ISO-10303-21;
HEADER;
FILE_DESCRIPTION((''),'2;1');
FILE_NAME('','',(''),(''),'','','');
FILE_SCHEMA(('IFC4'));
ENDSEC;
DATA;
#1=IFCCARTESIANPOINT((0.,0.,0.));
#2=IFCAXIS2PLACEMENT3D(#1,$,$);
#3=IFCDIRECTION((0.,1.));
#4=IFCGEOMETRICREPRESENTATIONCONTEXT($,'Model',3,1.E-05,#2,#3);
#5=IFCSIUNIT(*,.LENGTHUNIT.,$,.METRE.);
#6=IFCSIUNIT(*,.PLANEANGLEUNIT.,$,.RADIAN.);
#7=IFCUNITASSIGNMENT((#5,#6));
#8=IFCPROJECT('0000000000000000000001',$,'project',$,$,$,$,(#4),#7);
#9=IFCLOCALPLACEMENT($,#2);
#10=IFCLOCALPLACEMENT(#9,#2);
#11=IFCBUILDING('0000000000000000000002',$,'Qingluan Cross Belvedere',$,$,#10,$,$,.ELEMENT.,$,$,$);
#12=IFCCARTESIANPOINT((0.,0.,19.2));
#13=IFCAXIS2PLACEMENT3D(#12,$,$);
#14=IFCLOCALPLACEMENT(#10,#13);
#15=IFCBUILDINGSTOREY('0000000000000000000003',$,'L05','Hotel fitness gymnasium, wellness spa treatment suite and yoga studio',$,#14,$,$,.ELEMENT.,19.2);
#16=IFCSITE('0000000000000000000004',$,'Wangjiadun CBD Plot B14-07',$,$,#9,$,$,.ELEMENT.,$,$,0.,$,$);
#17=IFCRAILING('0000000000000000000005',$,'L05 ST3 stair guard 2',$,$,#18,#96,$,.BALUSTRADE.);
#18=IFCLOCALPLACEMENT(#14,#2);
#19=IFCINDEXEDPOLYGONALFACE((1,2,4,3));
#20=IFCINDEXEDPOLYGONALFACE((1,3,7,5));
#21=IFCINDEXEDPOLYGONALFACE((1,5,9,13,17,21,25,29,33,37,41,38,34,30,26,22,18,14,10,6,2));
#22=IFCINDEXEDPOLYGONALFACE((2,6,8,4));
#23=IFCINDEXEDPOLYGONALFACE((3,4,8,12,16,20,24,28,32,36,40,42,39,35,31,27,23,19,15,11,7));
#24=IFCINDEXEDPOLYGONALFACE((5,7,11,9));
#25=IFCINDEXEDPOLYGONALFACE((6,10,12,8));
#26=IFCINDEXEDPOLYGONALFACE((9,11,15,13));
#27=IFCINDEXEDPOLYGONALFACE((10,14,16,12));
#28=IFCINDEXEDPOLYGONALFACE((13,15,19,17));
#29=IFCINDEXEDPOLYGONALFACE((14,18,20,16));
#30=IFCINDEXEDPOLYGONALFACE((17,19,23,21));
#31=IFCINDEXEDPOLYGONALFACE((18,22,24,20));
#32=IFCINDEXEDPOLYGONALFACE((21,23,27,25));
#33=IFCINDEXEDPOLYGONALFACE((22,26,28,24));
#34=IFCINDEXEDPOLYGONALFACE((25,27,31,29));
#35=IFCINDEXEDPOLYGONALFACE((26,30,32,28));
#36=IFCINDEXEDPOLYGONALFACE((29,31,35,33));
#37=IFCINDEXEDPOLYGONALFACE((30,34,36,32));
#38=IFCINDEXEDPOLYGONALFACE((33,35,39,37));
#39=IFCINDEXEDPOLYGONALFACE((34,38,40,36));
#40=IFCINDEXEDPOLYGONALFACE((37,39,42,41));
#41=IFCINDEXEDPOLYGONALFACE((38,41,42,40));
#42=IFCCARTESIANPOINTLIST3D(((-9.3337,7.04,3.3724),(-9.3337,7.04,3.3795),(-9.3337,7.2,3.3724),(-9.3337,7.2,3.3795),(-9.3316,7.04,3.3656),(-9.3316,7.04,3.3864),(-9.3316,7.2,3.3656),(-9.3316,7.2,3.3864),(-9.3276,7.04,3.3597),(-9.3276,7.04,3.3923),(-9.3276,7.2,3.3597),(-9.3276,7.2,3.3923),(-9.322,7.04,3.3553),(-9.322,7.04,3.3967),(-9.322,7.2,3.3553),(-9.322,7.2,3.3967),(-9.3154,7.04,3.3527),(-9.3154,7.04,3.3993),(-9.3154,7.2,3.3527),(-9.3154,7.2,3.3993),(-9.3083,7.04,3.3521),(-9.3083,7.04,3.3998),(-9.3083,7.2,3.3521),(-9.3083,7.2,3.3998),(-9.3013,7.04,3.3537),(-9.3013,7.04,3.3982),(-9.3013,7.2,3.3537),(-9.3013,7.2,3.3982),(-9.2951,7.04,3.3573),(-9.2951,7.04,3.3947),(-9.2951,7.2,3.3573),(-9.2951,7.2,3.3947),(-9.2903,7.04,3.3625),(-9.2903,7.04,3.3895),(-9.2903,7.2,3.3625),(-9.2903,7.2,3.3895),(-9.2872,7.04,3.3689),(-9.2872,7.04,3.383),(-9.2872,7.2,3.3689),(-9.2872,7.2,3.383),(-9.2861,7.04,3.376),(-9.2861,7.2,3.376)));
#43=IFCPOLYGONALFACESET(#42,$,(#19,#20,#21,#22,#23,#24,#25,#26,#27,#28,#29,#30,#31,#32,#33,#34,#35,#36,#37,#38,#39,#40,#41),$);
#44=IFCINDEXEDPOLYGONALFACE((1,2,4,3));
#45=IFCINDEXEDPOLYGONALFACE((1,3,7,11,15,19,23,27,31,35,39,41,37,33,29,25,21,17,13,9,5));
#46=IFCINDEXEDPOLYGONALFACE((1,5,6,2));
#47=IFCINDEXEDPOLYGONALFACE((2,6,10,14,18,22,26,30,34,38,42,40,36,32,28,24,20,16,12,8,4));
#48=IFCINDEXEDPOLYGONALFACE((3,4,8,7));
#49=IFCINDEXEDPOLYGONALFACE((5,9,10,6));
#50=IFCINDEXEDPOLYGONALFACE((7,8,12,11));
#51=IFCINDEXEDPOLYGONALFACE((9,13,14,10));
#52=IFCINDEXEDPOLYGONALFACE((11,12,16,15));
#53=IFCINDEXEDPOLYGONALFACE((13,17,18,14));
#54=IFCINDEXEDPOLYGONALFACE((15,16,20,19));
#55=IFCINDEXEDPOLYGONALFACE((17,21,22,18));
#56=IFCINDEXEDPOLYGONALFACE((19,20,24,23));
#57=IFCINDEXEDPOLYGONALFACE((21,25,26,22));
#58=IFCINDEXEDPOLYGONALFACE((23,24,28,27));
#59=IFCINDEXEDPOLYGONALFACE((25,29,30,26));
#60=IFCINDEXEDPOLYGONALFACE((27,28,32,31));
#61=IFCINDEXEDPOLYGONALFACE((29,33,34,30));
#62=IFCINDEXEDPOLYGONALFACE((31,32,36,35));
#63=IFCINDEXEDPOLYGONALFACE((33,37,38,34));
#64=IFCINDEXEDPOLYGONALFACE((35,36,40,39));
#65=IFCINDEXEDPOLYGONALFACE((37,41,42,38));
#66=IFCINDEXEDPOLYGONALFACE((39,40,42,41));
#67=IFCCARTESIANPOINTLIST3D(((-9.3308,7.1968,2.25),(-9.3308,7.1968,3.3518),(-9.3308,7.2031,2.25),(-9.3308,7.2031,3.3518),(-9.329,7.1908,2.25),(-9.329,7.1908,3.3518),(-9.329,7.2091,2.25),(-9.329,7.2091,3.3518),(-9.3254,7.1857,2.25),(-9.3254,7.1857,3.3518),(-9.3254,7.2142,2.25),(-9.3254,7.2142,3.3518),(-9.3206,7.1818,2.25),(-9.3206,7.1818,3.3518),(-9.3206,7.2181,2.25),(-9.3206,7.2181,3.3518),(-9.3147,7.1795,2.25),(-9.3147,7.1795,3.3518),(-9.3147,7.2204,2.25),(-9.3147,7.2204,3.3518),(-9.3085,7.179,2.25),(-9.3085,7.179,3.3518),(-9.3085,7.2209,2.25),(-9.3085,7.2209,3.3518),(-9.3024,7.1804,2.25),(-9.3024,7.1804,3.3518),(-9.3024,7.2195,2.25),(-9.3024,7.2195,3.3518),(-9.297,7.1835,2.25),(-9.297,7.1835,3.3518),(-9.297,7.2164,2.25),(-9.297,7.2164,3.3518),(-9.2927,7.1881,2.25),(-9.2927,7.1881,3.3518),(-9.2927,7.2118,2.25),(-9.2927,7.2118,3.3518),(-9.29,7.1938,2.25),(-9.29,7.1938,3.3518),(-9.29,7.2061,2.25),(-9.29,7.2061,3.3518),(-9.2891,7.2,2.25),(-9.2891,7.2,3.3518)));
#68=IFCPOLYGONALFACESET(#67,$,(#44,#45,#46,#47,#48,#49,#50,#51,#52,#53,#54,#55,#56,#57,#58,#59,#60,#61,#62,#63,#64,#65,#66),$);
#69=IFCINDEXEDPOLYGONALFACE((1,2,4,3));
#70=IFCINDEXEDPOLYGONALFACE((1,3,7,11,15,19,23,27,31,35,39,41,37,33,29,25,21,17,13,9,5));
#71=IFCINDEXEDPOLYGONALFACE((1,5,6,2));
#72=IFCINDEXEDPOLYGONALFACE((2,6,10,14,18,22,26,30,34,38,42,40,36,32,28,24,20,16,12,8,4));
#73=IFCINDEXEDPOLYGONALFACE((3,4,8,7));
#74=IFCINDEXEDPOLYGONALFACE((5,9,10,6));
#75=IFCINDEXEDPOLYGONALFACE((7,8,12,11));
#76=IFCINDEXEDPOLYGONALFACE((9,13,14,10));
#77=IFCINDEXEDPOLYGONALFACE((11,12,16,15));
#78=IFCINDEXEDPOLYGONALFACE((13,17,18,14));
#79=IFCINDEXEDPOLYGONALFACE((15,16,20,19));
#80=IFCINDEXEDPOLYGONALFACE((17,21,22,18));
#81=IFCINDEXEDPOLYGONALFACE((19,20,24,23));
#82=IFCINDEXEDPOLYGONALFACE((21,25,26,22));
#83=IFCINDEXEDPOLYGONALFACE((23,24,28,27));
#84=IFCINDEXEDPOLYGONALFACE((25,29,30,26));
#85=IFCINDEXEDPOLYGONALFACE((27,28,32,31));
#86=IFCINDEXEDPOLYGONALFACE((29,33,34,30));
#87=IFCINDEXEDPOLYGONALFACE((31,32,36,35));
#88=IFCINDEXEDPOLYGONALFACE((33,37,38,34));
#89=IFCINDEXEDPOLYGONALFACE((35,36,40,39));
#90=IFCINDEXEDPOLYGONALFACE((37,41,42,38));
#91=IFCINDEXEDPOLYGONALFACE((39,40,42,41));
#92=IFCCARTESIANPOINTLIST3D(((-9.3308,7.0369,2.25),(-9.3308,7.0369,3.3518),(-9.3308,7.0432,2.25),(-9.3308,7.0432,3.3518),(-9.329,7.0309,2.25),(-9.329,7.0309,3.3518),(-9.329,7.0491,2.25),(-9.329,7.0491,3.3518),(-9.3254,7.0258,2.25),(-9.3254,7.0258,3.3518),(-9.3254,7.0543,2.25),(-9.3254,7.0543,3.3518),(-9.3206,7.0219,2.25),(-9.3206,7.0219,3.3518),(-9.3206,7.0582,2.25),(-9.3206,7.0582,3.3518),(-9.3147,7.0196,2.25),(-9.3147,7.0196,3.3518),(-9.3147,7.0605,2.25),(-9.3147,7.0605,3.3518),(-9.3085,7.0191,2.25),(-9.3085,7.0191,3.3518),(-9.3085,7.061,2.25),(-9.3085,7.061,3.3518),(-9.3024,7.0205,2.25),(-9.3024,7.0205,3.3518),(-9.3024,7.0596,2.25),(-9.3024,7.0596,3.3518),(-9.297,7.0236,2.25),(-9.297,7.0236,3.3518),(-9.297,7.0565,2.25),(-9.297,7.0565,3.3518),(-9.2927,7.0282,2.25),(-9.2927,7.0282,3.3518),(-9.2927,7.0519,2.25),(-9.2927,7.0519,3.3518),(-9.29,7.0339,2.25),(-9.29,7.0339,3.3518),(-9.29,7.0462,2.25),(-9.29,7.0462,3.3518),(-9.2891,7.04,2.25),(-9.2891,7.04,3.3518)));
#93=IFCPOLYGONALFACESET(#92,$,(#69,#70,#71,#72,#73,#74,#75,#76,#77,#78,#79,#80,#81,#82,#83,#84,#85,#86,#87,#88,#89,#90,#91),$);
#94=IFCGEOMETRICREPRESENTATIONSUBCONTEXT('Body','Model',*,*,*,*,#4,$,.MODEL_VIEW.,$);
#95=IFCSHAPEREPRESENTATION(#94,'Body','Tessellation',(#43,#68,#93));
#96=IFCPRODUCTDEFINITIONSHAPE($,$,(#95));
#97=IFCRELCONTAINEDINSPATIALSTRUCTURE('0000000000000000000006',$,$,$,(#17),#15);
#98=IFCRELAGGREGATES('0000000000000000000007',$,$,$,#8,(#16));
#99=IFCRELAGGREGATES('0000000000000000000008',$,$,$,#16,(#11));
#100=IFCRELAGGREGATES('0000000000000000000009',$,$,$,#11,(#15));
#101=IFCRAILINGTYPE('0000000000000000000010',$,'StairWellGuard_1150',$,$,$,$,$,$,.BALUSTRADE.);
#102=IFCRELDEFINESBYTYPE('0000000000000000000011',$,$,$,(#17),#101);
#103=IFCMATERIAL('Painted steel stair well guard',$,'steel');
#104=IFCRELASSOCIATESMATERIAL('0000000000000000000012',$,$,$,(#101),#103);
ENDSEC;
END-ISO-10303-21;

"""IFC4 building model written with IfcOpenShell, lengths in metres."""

from ifc_helpers import new_model, si_unit, direction, frame, origin, origin_2d, place, context, subcontext, project, spatial, circle, extrude, material, type_object, element, save


model = new_model("IFC4")

# Units and contexts
model_context = context("Model", 3, precision=1e-05, world=origin(), true_north=direction((0.0, 1.0)))
body_context = subcontext(model_context, "Body", "Model", "MODEL_VIEW")
ifc_project = project(units=[si_unit("LENGTHUNIT", "METRE"), si_unit("PLANEANGLEUNIT", "RADIAN")], contexts=[model_context])

# Site, building, storey
site_placement = place(None, origin())
site = spatial("IfcSite", under=ifc_project, at=site_placement, Name="Wangjiadun CBD Plot B14-07", CompositionType="ELEMENT", RefElevation=0.0)
building_placement = place(site_placement, origin())
building = spatial("IfcBuilding", under=site, at=building_placement, Name="Qingluan Cross Belvedere", CompositionType="ELEMENT")
storey_placement = place(building_placement, frame((0.0, 0.0, 19.2)))
storey = spatial("IfcBuildingStorey", under=building, at=storey_placement, Name="L05", Description="Hotel fitness gymnasium, wellness spa treatment suite and yoga studio", CompositionType="ELEMENT", Elevation=19.2)

# Railing
ifc_material_1 = material(Name="Painted steel stair well guard", Category="steel")
railing_type_1 = type_object("IfcRailingType", Name="StairWellGuard_1150", PredefinedType="BALUSTRADE", material=ifc_material_1)
railing_1_placement = place(storey_placement, frame((-9.3101, 7.2, 2.25)))
element("IfcRailing", 1, at=railing_1_placement, inside=storey, type_object=railing_type_1, Name="L05 ST3 stair guard 2", PredefinedType="BALUSTRADE", context=body_context, shape_type="SweptSolid", body=[
    extrude(circle(Radius=0.0239, at=origin_2d()), frame((0.0, 0.0, 1.126), z_axis=(0.0, -1.0, 0.0), x_axis=(1.0, 0.0, 0.0)), (0.0, 0.0, 1.0), 0.1599),
    extrude(circle(Radius=0.021, at=origin_2d()), origin(), (0.0, 0.0, 1.0), 1.1018),
    extrude(circle(Radius=0.021, at=origin_2d()), frame((0.0, -0.1599, 0.0)), (0.0, 0.0, 1.0), 1.1018),
])

save(model, "model.ifc")
